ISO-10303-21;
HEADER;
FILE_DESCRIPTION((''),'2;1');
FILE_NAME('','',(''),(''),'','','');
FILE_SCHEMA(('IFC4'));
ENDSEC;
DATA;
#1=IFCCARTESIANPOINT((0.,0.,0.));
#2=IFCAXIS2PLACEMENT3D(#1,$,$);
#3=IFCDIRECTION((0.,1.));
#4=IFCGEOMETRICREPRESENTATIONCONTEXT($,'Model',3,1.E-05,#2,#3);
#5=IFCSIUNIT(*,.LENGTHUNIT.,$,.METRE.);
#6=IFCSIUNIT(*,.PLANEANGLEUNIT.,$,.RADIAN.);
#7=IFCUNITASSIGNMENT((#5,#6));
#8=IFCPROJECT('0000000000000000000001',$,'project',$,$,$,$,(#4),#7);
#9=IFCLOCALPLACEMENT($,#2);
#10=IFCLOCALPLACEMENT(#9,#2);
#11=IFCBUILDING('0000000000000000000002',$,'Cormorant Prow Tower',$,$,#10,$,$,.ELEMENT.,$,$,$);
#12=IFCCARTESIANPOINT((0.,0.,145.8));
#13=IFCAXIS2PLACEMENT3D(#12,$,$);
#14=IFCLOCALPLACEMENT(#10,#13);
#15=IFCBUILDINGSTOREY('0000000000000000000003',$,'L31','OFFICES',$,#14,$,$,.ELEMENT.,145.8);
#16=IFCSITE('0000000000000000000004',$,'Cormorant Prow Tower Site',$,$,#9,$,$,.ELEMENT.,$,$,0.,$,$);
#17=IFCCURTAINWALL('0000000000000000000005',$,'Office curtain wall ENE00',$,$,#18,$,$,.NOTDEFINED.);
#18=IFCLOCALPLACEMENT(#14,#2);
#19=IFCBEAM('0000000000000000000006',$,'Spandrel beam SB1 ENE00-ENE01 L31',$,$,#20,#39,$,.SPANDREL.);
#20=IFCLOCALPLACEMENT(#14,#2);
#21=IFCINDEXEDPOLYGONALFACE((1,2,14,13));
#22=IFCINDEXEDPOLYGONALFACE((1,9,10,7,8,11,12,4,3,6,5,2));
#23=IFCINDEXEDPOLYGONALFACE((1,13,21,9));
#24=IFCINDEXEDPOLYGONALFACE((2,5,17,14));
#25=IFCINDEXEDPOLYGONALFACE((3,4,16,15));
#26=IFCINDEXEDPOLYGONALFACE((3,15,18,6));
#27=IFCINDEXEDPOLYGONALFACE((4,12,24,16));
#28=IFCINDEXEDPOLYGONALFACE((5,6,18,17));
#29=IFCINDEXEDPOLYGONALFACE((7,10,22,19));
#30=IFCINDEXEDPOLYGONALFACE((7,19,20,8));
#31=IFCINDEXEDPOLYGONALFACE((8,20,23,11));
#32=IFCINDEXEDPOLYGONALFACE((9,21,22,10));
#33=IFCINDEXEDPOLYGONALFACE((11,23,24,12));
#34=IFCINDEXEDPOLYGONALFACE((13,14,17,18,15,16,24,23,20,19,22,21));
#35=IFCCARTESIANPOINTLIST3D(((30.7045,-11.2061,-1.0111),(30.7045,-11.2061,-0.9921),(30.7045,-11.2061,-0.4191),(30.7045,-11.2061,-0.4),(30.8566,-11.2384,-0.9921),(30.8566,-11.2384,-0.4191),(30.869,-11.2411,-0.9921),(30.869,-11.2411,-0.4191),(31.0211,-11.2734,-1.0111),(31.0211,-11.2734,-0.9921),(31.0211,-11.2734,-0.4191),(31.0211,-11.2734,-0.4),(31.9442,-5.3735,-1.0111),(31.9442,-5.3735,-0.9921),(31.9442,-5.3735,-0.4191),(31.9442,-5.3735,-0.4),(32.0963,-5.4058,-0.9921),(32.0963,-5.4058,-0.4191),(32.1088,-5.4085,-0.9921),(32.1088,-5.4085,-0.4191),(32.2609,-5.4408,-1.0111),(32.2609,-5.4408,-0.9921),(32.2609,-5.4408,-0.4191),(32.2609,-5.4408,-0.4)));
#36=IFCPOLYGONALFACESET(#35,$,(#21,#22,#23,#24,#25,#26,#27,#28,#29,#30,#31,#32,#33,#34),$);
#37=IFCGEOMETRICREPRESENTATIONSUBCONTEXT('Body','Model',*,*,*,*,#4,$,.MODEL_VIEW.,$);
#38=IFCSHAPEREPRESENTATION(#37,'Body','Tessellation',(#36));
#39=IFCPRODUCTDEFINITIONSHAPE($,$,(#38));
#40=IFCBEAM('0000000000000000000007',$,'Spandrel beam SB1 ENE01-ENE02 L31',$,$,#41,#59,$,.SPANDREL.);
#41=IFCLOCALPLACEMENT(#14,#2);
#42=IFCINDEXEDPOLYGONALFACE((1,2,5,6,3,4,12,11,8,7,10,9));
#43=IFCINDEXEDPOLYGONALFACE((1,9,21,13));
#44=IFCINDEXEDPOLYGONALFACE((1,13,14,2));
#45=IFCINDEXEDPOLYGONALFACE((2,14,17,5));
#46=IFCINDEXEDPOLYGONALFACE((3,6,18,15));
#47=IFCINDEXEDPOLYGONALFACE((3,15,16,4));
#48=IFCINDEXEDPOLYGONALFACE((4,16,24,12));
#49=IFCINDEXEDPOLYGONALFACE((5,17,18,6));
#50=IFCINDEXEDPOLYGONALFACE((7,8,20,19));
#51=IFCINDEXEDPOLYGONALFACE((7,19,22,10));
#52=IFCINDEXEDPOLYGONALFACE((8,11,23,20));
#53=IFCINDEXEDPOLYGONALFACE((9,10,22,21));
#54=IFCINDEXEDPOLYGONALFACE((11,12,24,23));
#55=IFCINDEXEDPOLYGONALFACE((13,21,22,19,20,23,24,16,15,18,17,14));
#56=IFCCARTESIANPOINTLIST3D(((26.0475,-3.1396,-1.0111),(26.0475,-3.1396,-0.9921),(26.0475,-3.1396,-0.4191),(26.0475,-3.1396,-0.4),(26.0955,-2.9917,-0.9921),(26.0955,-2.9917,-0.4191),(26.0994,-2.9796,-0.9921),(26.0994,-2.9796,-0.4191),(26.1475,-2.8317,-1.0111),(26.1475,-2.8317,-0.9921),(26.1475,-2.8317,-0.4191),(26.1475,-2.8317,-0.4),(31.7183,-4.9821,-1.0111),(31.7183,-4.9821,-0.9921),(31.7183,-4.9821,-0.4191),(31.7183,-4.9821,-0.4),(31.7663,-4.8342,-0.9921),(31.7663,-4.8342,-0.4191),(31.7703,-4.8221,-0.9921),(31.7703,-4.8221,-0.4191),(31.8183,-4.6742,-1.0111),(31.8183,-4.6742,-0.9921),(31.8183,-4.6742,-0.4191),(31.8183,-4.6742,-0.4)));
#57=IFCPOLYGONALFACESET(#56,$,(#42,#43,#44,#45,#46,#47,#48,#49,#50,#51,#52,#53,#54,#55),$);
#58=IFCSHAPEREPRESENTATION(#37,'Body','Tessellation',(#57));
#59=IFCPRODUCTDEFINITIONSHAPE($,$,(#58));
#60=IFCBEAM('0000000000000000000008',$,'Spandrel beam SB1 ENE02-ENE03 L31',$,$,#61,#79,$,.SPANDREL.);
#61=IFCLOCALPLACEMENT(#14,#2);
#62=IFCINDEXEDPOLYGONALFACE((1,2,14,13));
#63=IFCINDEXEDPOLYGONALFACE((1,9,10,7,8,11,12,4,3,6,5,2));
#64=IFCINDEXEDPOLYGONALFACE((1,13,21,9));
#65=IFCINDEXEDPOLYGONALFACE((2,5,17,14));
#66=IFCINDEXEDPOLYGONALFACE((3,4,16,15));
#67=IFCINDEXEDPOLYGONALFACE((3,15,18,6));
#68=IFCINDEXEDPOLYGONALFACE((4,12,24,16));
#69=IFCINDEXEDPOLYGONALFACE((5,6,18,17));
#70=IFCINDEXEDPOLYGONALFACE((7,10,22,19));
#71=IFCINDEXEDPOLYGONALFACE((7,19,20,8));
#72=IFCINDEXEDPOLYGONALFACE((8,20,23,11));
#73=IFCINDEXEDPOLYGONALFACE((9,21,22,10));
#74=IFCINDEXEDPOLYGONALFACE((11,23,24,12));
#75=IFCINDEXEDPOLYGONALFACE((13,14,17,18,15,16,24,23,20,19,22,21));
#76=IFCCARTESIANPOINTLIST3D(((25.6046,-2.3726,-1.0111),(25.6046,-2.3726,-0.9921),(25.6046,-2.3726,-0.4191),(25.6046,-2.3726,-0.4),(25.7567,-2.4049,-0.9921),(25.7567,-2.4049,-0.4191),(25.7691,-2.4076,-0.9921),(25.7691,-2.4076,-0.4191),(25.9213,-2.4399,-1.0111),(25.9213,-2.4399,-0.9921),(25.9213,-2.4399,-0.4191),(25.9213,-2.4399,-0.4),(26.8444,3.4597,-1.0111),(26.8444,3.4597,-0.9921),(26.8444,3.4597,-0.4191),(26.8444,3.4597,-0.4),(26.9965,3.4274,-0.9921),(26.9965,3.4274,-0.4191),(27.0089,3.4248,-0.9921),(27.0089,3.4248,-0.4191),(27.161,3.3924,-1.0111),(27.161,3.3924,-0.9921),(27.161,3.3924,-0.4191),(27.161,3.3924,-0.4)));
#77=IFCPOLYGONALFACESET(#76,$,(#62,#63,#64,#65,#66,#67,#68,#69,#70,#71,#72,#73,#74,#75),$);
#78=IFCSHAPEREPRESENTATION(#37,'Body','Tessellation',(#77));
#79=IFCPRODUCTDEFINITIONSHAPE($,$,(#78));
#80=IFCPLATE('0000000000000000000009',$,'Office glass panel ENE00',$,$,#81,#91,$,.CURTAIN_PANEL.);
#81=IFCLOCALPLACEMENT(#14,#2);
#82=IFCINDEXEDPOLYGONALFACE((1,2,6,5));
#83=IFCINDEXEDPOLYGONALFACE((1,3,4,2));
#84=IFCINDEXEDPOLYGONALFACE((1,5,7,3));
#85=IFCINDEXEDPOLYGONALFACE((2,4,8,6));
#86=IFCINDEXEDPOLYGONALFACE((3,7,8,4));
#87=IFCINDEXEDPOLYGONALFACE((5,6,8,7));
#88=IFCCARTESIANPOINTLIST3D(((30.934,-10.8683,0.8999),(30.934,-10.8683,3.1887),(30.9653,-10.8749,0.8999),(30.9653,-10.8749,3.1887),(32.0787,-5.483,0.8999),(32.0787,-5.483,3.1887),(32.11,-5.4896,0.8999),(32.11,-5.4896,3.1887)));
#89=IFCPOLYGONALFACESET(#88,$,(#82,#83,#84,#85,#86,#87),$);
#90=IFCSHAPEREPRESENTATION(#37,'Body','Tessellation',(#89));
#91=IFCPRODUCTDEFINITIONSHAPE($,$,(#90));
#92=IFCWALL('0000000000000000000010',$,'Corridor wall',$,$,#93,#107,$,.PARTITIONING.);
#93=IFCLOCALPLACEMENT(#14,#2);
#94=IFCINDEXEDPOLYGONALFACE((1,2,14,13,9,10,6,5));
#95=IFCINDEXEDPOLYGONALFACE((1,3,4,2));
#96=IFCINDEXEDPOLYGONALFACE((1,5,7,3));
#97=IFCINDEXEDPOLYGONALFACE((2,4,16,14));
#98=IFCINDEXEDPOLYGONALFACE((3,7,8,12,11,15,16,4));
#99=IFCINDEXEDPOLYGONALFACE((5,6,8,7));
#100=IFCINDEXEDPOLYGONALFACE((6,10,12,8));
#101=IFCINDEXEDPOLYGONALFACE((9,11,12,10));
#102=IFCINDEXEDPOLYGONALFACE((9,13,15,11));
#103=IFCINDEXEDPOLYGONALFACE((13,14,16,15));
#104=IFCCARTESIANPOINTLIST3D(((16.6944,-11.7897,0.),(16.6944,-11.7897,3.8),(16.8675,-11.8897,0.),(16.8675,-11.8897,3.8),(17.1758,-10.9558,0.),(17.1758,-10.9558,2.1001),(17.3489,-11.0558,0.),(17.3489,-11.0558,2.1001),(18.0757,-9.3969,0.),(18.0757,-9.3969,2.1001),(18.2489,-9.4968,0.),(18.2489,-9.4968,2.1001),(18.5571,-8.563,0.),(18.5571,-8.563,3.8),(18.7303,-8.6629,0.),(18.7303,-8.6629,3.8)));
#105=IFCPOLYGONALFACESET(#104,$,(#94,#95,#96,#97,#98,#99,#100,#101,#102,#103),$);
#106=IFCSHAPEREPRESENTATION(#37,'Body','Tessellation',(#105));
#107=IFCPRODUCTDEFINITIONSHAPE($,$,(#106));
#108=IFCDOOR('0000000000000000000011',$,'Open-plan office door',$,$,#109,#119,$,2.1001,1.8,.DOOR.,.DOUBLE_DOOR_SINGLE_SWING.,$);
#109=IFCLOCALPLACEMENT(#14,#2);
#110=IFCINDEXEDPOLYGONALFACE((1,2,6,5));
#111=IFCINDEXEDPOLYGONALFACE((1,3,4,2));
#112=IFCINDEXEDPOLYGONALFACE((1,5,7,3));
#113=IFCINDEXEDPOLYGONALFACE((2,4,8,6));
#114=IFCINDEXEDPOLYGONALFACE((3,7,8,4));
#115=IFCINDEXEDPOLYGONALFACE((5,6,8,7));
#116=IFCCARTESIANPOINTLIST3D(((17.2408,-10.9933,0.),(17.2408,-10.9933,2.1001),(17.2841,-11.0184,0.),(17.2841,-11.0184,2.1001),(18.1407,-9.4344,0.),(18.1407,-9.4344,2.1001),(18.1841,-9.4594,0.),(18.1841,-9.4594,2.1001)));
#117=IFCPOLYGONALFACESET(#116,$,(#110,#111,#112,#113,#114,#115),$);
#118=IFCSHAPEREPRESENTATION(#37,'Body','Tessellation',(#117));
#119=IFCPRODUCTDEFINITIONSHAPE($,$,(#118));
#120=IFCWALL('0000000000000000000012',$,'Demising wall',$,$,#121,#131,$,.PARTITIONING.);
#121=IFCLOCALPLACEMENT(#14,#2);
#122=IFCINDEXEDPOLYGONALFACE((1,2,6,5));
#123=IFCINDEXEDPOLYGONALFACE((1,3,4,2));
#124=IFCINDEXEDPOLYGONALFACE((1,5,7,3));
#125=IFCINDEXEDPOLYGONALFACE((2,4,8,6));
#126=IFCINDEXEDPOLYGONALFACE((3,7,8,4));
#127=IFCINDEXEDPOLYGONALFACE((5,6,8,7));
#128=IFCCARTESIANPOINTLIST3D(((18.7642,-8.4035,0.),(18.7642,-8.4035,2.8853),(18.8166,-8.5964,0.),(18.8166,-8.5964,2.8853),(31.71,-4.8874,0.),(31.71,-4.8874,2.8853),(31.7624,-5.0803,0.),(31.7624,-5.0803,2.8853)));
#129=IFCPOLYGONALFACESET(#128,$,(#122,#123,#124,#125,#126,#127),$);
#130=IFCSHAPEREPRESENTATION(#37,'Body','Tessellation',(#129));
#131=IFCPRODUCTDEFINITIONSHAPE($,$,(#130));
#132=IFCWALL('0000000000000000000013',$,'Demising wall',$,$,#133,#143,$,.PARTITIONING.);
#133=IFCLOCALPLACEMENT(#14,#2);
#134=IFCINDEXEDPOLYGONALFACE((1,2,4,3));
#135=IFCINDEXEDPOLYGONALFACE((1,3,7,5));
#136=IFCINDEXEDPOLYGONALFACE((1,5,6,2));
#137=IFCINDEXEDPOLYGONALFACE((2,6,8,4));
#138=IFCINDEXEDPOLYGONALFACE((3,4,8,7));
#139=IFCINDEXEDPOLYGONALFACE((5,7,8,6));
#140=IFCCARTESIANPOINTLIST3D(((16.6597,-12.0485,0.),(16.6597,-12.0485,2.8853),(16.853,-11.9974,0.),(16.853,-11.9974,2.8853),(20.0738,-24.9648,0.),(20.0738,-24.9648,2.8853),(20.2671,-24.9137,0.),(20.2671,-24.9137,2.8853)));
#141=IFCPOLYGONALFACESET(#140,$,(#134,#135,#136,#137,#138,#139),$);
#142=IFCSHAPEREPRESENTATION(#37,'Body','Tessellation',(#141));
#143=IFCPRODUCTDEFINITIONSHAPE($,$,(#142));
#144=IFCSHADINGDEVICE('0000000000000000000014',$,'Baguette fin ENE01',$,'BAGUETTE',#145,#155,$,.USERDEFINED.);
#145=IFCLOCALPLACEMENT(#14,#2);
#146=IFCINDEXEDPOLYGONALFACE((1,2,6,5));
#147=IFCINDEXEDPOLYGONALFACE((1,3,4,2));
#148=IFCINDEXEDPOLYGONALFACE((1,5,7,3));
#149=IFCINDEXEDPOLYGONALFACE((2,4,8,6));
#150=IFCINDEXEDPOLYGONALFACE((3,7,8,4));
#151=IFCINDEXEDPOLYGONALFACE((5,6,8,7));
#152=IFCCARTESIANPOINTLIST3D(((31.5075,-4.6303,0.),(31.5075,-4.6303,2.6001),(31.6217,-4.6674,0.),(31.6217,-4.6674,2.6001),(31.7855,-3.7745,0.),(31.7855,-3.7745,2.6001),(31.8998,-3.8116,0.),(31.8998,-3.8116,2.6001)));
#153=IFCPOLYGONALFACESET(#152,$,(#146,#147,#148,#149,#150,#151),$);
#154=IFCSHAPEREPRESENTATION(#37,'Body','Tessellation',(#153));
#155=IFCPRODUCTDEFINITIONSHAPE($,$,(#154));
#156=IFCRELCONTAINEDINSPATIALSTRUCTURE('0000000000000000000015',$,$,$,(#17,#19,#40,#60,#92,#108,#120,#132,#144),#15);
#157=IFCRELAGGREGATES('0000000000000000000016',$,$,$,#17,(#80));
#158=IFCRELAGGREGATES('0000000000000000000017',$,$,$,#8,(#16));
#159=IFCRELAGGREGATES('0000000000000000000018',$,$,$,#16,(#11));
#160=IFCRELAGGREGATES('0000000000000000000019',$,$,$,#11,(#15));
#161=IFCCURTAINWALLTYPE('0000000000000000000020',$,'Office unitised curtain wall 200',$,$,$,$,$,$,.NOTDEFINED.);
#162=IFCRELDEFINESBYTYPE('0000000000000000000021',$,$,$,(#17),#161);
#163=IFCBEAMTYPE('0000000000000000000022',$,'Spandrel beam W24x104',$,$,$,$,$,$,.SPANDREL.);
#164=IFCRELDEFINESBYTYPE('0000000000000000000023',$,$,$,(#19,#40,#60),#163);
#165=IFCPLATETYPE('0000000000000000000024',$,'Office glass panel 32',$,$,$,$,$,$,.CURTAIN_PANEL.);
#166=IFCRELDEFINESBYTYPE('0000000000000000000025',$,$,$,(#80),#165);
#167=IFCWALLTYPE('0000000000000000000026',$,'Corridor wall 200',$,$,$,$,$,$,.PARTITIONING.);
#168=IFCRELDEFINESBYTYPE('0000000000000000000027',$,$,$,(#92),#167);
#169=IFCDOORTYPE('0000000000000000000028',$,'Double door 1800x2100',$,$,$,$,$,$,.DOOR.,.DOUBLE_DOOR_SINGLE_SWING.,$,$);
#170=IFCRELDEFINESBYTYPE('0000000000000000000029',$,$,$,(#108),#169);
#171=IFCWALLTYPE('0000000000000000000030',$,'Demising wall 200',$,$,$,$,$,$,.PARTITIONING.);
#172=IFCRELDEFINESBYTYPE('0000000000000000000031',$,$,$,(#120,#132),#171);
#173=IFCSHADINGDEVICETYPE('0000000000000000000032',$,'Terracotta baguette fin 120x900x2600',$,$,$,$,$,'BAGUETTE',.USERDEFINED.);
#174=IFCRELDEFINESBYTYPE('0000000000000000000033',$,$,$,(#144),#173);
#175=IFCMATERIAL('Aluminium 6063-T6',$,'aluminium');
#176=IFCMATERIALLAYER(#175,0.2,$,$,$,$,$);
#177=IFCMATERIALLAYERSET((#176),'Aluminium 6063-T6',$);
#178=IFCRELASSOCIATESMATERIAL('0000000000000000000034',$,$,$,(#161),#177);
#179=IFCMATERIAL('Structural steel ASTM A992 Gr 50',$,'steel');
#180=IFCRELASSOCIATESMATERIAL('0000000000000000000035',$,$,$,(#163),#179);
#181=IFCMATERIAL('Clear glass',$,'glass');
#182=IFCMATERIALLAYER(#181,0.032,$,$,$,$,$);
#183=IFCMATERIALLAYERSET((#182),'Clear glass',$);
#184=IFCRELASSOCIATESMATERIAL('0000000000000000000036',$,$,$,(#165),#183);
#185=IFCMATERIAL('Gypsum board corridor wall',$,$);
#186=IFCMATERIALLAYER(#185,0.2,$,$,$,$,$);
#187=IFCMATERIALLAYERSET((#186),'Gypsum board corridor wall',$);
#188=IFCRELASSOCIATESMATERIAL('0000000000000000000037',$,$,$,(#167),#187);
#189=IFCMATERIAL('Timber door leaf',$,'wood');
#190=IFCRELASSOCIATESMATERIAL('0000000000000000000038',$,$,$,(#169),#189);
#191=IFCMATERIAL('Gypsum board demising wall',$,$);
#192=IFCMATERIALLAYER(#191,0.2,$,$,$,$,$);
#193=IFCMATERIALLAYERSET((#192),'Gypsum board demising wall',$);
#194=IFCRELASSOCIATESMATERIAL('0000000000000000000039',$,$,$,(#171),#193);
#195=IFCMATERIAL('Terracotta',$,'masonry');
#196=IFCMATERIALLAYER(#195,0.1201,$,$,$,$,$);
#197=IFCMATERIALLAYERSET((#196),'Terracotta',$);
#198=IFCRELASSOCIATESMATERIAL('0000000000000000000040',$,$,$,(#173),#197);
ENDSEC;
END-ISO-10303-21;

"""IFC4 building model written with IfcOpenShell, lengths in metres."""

from ifc_helpers import new_model, si_unit, direction, frame, frame_2d, origin, origin_2d, place, context, subcontext, project, spatial, rectangle, i_section, extrude, material, layer, layer_set, material_profile, profile_set, type_object, element, fill, aggregate, save


model = new_model("IFC4")

# Units and contexts
model_context = context("Model", 3, precision=1e-05, world=origin(), true_north=direction((0.0, 1.0)))
body_context = subcontext(model_context, "Body", "Model", "MODEL_VIEW")
ifc_project = project(units=[si_unit("LENGTHUNIT", "METRE"), si_unit("PLANEANGLEUNIT", "RADIAN")], contexts=[model_context])

# Site, building, storey
site_placement = place(None, origin())
site = spatial("IfcSite", under=ifc_project, at=site_placement, Name="Cormorant Prow Tower Site", CompositionType="ELEMENT", RefElevation=0.0)
building_placement = place(site_placement, origin())
building = spatial("IfcBuilding", under=site, at=building_placement, Name="Cormorant Prow Tower", CompositionType="ELEMENT")
storey_placement = place(building_placement, frame((0.0, 0.0, 145.8)))
storey = spatial("IfcBuildingStorey", under=building, at=storey_placement, Name="L31", Description="OFFICES", CompositionType="ELEMENT", Elevation=145.8)

# Curtain wall
ifc_material_1 = material(Name="Aluminium 6063-T6", Category="aluminium")
ifc_layer_1 = layer(ifc_material_1, 0.2)
ifc_layer_set_1 = layer_set([ifc_layer_1], Name="Aluminium 6063-T6")
curtain_wall_type = type_object("IfcCurtainWallType", Name="Office unitised curtain wall 200", PredefinedType="NOTDEFINED", material=ifc_layer_set_1)
curtain_wall_1_placement = place(storey_placement, origin())
curtain_wall_1 = element("IfcCurtainWall", 1, at=curtain_wall_1_placement, inside=storey, type_object=curtain_wall_type, Name="Office curtain wall ENE00", PredefinedType="NOTDEFINED")

# Beams
ifc_material_2 = material(Name="Structural steel ASTM A992 Gr 50", Category="steel")
ifc_material_profile_1 = material_profile(ifc_material_2, i_section(OverallWidth=0.3237, OverallDepth=0.6111, WebThickness=0.0127, FlangeThickness=0.019, at=origin_2d()), Name="W24x104")
ifc_profile_set_1 = profile_set([ifc_material_profile_1], Name="Structural steel ASTM A992 Gr 50")
beam_type_1 = type_object("IfcBeamType", Name="Spandrel beam W24x104", PredefinedType="SPANDREL", material=ifc_profile_set_1)
beam_1_placement = place(storey_placement, frame((30.8628, -11.2397, -0.7056), z_axis=(0.207913, 0.978147, 0.0), x_axis=(-0.978147, 0.207913, 0.0)))
element("IfcBeam", 2, at=beam_1_placement, inside=storey, type_object=beam_type_1, Name="Spandrel beam SB1 ENE00-ENE01 L31", PredefinedType="SPANDREL", context=body_context, shape_type="SweptSolid", body=[
    extrude(i_section(OverallWidth=0.3237, OverallDepth=0.6111, WebThickness=0.0127, FlangeThickness=0.019, at=origin_2d()), origin(), (0.0, 0.0, 1.0), 5.9629),
])
for number, where, z_axis, x_axis, name in (
    (3, (31.7683, -4.8281, -0.7056), (-0.951059, 0.309008, 0.0), (-0.309008, -0.951059, 0.0), "Spandrel beam SB1 ENE01-ENE02 L31"),
    (4, (25.7629, -2.4062, -0.7056), (0.207921, 0.978146, 0.0), (-0.978146, 0.207921, 0.0), "Spandrel beam SB1 ENE02-ENE03 L31"),
):
    element("IfcBeam", number, at=place(storey_placement, frame(where, z_axis=z_axis, x_axis=x_axis)), inside=storey, type_object=beam_type_1, Name=name, PredefinedType="SPANDREL", context=body_context, shape_type="SweptSolid", body=[
        extrude(i_section(OverallWidth=0.3237, OverallDepth=0.6111, WebThickness=0.0127, FlangeThickness=0.019, at=origin_2d()), origin(), (0.0, 0.0, 1.0), 5.9626),
    ])

# Plate
ifc_material_3 = material(Name="Clear glass", Category="glass")
ifc_layer_2 = layer(ifc_material_3, 0.032)
ifc_layer_set_2 = layer_set([ifc_layer_2], Name="Clear glass")
plate_type = type_object("IfcPlateType", Name="Office glass panel 32", PredefinedType="CURTAIN_PANEL", material=ifc_layer_set_2)
plate_placement = place(storey_placement, frame((31.522, -8.179, 0.8999), z_axis=(0.0, 0.0, 1.0), x_axis=(0.207912, 0.978148, 0.0)))
plate = element("IfcPlate", 5, at=plate_placement, type_object=plate_type, Name="Office glass panel ENE00", PredefinedType="CURTAIN_PANEL", context=body_context, shape_type="SweptSolid", body=[
    extrude(rectangle(XDim=5.5056, YDim=0.032, at=origin_2d()), origin(), (0.0, 0.0, 1.0), 2.2888),
])
aggregate(curtain_wall_1, [plate])

# Wall, opening, door
ifc_material_4 = material(Name="Gypsum board corridor wall")
ifc_layer_3 = layer(ifc_material_4, 0.2)
ifc_layer_set_3 = layer_set([ifc_layer_3], Name="Gypsum board corridor wall")
wall_type_1 = type_object("IfcWallType", Name="Corridor wall 200", PredefinedType="PARTITIONING", material=ifc_layer_set_3)
wall_1_placement = place(storey_placement, frame((16.781, -11.8396, 0.0), z_axis=(0.0, 0.0, 1.0), x_axis=(0.499959, 0.866049, 0.0)))
wall_1 = element("IfcWall", 6, at=wall_1_placement, inside=storey, type_object=wall_type_1, Name="Corridor wall", PredefinedType="PARTITIONING", context=body_context, shape_type="SweptSolid", body=[
    extrude(rectangle(XDim=3.7258, YDim=0.2, at=frame_2d((1.8628, 0.0))), origin(), (0.0, 0.0, 1.0), 3.8),
])
opening_1_placement = place(wall_1_placement, frame((0.9629, 0.0, 0.0)))
opening_1 = element("IfcOpeningElement", 7, at=opening_1_placement, cuts=wall_1, PredefinedType="OPENING", context=body_context, shape_type="SweptSolid", body=[
    extrude(rectangle(XDim=1.8, YDim=2.1001, at=frame_2d((0.8999, 1.05))), frame((0.0, 0.1099, 0.0), z_axis=(0.0, -1.0, 0.0), x_axis=(1.0, 0.0, 0.0)), (0.0, 0.0, 1.0), 0.22),
])
ifc_material_5 = material(Name="Timber door leaf", Category="wood")
door_type_1 = type_object("IfcDoorType", Name="Double door 1800x2100", OperationType="DOUBLE_DOOR_SINGLE_SWING", PredefinedType="DOOR", material=ifc_material_5)
door_1_placement = place(opening_1_placement, origin())
door_1 = element("IfcDoor", 8, at=door_1_placement, inside=storey, type_object=door_type_1, Name="Open-plan office door", OperationType="DOUBLE_DOOR_SINGLE_SWING", OverallHeight=2.1001, OverallWidth=1.8, PredefinedType="DOOR", context=body_context, shape_type="SweptSolid", body=[
    extrude(rectangle(XDim=1.8, YDim=2.1001, at=frame_2d((0.8999, 1.05))), frame((0.0, 0.0249, 0.0), z_axis=(0.0, -1.0, 0.0), x_axis=(1.0, 0.0, 0.0)), (0.0, 0.0, 1.0), 0.05),
])
fill(opening_1, door_1)

# Walls
ifc_material_6 = material(Name="Gypsum board demising wall")
ifc_layer_4 = layer(ifc_material_6, 0.2)
ifc_layer_set_4 = layer_set([ifc_layer_4], Name="Gypsum board demising wall")
wall_type_2 = type_object("IfcWallType", Name="Demising wall 200", PredefinedType="PARTITIONING", material=ifc_layer_set_4)
wall_2_placement = place(storey_placement, frame((18.7903, -8.5, 0.0), z_axis=(0.0, 0.0, 1.0), x_axis=(0.965039, 0.262107, 0.0)))
element("IfcWall", 9, at=wall_2_placement, inside=storey, type_object=wall_type_2, Name="Demising wall", PredefinedType="PARTITIONING", context=body_context, shape_type="SweptSolid", body=[
    extrude(rectangle(XDim=13.4148, YDim=0.2, at=frame_2d((6.7075, 0.0))), origin(), (0.0, 0.0, 1.0), 2.8853),
])
wall_3_placement = place(storey_placement, frame((16.7563, -12.0229, 0.0), z_axis=(0.0, 0.0, 1.0), x_axis=(0.255546, -0.966797, 0.0)))
element("IfcWall", 10, at=wall_3_placement, inside=storey, type_object=wall_type_2, Name="Demising wall", PredefinedType="PARTITIONING", context=body_context, shape_type="SweptSolid", body=[
    extrude(rectangle(XDim=13.3599, YDim=0.2, at=frame_2d((6.6799, 0.0))), origin(), (0.0, 0.0, 1.0), 2.8853),
])

# Shading device
ifc_material_7 = material(Name="Terracotta", Category="masonry")
ifc_layer_5 = layer(ifc_material_7, 0.1201)
ifc_layer_set_5 = layer_set([ifc_layer_5], Name="Terracotta")
shading_device_type = type_object("IfcShadingDeviceType", Name="Terracotta baguette fin 120x900x2600", ElementType="BAGUETTE", PredefinedType="USERDEFINED", material=ifc_layer_set_5)
shading_device_placement = place(storey_placement, frame((31.7036, -4.2209, 0.0), z_axis=(0.0, 0.0, 1.0), x_axis=(-0.951057, 0.309017, 0.0)))
element("IfcShadingDevice", 11, at=shading_device_placement, inside=storey, type_object=shading_device_type, Name="Baguette fin ENE01", ObjectType="BAGUETTE", PredefinedType="USERDEFINED", context=body_context, shape_type="SweptSolid", body=[
    extrude(rectangle(XDim=0.1201, YDim=0.8999, at=origin_2d()), origin(), (0.0, 0.0, 1.0), 2.6001),
])

save(model, "model.ifc")
